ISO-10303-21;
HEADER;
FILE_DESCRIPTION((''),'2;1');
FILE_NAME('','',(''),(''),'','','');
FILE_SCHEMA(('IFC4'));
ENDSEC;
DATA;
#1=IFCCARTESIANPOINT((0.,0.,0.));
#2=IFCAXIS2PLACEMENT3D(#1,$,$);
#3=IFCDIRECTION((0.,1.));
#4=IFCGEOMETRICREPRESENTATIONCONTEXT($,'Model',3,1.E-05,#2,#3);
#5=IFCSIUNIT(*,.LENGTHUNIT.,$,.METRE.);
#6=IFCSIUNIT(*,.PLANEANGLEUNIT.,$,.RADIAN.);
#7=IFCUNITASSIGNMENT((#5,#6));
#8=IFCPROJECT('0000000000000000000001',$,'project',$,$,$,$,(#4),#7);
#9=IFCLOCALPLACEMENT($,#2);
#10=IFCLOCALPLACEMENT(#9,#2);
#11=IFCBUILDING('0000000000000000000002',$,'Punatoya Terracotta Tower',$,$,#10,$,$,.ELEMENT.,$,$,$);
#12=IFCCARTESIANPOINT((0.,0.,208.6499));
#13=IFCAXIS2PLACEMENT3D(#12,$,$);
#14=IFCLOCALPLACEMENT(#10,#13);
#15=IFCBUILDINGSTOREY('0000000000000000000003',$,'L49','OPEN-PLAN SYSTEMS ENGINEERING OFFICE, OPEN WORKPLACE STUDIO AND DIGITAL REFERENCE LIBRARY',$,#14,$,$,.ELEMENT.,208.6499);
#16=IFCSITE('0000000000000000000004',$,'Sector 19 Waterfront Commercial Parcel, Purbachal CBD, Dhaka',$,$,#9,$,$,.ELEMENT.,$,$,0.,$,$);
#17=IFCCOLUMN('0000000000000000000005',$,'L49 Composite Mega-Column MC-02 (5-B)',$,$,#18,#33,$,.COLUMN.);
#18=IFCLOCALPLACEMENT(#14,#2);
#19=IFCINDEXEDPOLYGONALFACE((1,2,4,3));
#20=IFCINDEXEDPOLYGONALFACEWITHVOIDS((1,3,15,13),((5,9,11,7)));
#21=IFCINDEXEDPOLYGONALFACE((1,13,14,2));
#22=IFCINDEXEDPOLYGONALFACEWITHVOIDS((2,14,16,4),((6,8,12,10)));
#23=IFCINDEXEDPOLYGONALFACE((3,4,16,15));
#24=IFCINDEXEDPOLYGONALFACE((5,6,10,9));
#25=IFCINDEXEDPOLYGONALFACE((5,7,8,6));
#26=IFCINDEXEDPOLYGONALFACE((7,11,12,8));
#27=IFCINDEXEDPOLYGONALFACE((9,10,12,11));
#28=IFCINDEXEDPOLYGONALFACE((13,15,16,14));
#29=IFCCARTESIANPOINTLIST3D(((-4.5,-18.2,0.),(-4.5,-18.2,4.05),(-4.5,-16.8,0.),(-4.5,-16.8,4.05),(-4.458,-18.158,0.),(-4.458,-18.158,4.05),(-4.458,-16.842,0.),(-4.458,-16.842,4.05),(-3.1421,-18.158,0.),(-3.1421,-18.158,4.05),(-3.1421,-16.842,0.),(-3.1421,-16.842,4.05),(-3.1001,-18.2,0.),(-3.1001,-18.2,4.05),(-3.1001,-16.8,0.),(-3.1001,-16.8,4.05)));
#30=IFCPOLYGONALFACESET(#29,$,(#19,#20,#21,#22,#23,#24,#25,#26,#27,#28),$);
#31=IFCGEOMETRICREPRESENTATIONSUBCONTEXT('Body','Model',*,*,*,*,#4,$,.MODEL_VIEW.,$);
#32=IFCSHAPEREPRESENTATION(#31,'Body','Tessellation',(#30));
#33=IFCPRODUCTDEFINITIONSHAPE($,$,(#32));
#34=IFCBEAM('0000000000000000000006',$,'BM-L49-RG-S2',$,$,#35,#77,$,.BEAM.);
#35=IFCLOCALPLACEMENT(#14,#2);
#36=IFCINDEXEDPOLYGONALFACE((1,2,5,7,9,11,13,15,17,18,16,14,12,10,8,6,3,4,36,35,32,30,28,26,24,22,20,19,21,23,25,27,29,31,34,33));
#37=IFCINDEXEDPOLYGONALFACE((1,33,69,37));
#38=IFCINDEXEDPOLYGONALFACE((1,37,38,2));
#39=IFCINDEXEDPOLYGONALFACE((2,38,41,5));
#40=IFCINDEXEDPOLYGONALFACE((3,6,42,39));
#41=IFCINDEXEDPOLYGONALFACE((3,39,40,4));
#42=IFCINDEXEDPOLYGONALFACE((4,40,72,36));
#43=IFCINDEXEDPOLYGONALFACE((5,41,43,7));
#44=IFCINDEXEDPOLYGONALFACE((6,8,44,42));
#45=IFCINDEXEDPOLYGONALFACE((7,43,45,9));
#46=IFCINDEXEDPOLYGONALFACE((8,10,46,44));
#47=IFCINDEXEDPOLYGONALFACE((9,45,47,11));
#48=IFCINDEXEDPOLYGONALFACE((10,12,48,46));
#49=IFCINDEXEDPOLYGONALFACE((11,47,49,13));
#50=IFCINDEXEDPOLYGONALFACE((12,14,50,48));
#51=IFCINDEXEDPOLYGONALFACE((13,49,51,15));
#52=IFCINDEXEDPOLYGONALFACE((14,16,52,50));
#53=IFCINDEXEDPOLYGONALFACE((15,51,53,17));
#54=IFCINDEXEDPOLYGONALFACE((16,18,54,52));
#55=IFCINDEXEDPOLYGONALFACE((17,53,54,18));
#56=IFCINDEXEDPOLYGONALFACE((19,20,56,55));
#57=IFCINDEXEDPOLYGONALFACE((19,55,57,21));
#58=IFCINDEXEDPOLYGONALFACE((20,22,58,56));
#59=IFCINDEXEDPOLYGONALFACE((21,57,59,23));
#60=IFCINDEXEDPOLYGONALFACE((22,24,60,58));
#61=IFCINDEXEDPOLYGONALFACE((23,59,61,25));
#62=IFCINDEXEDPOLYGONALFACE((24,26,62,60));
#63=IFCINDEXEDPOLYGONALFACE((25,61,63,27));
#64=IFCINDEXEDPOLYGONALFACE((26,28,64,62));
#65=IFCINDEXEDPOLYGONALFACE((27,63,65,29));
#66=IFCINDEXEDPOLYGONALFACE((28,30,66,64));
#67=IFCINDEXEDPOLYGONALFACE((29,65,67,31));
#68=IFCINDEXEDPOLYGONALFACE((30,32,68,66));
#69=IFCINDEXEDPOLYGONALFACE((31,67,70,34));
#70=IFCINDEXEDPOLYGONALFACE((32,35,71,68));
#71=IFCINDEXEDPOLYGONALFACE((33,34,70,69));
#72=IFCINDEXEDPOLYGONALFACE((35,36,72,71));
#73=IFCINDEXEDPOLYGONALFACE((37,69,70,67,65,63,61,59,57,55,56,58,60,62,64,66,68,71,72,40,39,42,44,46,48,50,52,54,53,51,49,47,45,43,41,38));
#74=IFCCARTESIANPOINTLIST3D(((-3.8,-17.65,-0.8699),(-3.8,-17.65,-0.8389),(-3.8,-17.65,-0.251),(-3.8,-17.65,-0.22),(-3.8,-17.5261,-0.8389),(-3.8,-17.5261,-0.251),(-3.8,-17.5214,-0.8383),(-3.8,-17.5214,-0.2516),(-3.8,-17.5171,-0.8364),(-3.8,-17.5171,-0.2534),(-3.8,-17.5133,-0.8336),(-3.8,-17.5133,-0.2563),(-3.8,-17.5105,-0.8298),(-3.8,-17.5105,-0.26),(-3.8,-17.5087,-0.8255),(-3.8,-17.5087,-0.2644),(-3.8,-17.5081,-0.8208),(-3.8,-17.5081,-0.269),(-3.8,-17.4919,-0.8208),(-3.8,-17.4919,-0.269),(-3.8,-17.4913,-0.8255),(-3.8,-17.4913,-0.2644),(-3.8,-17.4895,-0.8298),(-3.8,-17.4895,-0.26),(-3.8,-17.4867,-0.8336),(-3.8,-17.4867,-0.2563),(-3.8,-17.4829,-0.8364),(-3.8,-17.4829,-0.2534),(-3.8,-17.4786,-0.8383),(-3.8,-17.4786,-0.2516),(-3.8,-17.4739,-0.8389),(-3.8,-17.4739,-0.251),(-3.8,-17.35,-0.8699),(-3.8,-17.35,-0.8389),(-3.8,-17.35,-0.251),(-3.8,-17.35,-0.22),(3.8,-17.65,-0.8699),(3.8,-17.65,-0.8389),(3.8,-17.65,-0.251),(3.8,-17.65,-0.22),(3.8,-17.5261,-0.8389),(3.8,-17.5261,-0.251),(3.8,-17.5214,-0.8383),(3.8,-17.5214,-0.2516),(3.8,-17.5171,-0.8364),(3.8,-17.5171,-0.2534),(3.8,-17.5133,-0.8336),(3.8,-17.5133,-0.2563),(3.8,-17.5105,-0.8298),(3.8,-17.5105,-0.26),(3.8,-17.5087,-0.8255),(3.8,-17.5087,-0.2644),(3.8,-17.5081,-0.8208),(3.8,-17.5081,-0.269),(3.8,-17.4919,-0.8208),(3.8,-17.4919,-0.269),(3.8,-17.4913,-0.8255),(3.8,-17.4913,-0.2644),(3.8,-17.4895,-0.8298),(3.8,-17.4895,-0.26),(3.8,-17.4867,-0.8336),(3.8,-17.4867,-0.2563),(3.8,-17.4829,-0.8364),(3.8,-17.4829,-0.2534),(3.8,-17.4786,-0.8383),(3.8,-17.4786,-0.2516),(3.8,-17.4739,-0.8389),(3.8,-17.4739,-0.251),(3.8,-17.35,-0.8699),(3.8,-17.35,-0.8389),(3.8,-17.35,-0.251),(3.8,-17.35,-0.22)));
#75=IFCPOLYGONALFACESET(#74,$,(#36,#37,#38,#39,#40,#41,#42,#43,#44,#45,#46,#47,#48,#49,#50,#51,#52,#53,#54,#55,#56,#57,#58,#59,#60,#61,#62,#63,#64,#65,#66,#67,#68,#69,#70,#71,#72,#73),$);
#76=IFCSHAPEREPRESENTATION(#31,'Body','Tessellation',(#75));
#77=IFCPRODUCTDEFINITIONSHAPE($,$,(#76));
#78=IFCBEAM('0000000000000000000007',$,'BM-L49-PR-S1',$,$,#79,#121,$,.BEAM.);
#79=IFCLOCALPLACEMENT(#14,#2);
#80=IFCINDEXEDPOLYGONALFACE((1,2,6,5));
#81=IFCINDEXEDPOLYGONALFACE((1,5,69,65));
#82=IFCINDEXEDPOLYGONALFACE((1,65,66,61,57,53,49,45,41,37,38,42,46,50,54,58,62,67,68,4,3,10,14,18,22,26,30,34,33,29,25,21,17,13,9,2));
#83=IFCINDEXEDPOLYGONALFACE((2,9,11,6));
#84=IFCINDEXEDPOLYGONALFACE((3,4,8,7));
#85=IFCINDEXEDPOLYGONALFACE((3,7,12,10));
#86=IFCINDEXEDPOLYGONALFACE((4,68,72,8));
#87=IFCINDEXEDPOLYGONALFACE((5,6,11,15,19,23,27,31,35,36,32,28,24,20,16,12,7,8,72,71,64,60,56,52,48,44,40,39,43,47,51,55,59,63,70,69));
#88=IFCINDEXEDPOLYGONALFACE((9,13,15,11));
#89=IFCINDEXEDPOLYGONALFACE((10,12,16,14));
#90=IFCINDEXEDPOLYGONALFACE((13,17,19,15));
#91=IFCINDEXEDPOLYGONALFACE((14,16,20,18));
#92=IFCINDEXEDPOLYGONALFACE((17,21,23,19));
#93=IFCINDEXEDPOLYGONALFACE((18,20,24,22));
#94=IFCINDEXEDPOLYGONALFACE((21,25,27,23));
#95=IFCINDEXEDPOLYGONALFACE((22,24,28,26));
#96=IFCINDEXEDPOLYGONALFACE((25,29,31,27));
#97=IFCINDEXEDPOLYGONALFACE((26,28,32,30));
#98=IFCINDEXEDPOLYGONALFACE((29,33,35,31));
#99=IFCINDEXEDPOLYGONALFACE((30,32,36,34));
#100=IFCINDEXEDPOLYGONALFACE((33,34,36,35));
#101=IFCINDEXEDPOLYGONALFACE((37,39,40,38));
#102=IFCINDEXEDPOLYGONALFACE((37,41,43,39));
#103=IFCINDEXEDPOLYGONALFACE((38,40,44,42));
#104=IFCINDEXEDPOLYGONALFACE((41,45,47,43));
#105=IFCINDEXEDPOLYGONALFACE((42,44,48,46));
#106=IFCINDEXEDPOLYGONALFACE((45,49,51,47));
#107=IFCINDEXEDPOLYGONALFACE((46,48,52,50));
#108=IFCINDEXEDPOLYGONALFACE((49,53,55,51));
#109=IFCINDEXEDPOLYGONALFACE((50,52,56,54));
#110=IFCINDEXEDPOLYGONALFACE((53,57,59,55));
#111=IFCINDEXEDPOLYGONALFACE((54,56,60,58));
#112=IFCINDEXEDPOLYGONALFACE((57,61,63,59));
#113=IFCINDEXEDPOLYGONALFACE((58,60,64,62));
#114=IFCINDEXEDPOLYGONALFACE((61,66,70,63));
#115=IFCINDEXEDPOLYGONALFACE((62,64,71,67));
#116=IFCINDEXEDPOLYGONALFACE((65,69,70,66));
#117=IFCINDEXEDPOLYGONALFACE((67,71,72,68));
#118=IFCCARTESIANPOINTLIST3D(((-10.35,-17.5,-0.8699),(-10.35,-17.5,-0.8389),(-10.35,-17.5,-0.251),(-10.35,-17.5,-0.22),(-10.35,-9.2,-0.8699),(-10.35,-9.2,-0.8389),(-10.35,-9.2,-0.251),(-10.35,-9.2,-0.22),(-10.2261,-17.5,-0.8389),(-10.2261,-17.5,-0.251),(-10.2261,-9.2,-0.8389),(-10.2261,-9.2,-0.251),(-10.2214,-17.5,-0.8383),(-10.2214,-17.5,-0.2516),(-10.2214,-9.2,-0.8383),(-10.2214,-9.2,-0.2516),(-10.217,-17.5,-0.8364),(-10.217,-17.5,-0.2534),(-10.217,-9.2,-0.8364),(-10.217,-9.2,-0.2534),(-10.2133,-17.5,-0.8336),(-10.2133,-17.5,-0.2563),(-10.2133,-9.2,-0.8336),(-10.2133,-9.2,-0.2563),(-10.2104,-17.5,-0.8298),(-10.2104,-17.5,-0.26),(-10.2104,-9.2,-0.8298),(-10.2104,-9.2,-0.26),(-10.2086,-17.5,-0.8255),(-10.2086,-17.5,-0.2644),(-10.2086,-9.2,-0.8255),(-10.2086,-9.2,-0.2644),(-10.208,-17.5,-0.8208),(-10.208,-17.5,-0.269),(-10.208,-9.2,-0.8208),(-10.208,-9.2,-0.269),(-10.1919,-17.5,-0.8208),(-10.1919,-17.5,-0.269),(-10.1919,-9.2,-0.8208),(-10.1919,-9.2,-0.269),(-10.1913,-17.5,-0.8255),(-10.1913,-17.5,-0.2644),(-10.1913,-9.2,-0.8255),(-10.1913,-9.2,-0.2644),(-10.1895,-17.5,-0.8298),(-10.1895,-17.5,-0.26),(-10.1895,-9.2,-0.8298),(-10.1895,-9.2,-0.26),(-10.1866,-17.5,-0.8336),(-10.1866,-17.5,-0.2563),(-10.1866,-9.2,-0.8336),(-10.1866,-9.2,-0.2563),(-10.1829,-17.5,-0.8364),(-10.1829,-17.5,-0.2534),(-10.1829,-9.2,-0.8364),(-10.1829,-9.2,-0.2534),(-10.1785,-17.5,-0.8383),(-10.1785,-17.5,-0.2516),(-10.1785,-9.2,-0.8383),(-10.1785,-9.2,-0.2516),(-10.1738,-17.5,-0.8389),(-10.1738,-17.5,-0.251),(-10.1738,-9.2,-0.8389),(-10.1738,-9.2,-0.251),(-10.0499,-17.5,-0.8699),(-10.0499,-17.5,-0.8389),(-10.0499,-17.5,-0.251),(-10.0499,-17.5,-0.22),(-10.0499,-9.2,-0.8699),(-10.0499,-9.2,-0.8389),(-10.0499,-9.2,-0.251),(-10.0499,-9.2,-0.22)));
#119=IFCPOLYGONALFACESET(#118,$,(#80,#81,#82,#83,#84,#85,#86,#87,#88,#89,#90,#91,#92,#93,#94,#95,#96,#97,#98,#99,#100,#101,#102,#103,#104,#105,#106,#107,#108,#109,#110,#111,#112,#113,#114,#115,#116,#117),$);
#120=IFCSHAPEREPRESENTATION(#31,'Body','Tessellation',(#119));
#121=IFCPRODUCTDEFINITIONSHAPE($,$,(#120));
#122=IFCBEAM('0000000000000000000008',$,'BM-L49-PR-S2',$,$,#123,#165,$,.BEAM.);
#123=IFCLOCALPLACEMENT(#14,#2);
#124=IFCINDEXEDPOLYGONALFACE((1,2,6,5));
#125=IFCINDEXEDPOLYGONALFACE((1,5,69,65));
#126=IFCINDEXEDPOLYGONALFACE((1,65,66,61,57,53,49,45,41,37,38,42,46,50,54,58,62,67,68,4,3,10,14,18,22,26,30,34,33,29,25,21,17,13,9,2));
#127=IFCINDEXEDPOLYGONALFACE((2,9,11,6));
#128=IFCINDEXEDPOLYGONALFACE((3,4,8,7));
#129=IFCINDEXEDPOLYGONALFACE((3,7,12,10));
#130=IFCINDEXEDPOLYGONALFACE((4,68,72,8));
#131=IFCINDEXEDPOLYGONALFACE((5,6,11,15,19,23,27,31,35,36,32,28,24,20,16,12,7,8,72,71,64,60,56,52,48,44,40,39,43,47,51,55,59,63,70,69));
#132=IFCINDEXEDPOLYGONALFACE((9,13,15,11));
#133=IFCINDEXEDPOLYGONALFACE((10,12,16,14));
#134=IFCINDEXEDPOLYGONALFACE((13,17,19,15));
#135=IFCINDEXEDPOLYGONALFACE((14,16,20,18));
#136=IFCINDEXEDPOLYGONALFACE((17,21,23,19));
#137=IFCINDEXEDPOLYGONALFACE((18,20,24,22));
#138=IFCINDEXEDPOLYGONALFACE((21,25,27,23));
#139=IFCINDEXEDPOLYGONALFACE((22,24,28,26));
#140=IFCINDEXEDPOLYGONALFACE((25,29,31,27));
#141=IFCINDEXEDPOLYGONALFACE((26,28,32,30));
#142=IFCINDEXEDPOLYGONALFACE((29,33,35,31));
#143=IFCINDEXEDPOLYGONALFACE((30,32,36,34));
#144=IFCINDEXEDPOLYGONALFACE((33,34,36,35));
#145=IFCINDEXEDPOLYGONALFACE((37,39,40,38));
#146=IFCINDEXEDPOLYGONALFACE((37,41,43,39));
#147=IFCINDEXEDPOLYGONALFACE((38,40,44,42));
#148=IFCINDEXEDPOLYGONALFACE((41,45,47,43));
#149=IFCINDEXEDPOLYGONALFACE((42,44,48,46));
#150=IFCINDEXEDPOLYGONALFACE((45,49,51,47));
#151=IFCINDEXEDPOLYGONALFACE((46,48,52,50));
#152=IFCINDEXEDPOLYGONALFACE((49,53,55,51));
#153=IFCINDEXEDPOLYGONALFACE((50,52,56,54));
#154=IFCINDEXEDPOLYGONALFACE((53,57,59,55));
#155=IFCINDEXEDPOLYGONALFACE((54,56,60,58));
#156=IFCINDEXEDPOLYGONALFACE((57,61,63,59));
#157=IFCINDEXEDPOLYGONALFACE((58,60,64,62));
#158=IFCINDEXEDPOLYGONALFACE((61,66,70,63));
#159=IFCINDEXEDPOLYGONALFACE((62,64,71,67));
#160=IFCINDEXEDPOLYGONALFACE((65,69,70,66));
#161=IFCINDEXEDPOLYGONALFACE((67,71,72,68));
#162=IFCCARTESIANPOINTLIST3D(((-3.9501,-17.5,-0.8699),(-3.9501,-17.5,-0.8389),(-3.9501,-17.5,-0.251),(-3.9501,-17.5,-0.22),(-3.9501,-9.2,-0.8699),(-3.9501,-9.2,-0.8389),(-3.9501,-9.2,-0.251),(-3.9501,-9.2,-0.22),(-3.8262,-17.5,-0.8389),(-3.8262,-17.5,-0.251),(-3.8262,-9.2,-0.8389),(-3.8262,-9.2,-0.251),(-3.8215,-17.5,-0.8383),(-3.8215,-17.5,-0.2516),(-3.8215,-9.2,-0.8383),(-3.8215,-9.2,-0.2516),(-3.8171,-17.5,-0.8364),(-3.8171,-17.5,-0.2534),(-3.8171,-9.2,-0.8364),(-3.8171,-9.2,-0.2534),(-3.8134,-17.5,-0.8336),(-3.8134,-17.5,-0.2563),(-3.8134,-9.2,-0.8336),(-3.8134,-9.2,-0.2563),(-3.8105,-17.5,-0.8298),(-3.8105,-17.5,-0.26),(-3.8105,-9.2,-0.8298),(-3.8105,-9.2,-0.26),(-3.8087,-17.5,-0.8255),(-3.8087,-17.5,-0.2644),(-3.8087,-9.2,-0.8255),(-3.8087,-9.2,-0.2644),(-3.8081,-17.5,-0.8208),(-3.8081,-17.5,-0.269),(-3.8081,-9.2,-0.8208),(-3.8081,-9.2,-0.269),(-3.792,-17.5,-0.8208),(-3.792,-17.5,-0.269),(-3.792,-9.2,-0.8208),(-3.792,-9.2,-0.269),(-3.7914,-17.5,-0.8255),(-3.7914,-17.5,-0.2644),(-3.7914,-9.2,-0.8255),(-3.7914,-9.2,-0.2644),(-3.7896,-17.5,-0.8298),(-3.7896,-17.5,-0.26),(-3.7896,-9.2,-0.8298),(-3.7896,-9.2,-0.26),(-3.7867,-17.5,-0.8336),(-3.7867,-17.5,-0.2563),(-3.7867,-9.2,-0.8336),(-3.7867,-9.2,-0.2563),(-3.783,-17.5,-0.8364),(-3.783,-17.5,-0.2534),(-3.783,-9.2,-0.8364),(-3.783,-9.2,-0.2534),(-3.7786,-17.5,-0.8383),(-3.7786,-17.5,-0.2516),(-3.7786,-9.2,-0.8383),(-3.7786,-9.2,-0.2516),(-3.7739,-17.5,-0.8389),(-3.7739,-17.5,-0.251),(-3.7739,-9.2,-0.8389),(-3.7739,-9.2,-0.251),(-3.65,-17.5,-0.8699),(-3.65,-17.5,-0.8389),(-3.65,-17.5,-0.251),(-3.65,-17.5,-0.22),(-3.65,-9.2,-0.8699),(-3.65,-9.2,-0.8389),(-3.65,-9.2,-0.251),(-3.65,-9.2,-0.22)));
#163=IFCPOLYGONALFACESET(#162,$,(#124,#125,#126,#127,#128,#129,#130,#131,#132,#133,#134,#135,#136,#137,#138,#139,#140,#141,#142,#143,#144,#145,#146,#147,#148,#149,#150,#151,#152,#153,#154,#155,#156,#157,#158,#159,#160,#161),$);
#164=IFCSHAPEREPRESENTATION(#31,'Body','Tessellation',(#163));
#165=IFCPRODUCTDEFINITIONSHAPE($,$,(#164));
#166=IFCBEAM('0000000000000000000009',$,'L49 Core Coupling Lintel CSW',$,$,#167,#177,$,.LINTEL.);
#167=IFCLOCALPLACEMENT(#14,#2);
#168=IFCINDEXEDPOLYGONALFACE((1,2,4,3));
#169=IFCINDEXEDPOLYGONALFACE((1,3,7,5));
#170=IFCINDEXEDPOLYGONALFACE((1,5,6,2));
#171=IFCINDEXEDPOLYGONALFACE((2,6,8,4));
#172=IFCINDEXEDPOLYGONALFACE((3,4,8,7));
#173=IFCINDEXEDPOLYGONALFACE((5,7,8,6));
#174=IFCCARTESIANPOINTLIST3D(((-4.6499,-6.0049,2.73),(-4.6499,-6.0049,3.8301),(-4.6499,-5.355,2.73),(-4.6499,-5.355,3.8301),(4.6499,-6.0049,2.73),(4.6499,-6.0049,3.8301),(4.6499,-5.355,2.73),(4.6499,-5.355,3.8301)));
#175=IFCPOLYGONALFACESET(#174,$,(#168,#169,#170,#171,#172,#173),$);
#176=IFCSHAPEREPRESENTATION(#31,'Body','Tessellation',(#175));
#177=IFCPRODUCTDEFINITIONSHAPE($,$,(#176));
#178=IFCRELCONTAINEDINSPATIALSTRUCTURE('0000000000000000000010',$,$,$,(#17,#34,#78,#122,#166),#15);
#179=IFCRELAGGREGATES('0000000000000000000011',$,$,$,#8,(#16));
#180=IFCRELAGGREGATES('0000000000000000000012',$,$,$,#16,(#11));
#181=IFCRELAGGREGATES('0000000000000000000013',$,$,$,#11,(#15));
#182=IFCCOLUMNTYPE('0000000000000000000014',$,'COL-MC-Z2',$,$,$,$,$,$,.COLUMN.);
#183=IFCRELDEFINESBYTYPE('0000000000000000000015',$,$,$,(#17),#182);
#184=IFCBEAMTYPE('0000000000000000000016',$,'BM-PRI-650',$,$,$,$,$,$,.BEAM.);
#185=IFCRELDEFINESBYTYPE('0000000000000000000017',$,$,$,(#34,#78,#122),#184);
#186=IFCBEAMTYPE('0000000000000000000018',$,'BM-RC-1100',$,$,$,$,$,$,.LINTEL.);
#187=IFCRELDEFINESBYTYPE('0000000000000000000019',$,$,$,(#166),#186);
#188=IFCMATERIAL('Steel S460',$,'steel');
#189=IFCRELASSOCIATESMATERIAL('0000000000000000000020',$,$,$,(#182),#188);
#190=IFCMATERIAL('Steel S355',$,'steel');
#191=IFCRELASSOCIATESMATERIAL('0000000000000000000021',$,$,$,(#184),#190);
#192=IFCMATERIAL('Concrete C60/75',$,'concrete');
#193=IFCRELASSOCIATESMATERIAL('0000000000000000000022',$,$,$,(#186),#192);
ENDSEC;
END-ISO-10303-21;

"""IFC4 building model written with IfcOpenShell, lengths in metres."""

from ifc_helpers import new_model, si_unit, direction, frame, origin, origin_2d, place, context, subcontext, project, spatial, rectangle, hollow_rectangle, i_section, extrude, material, material_profile, profile_set, type_object, element, save


model = new_model("IFC4")

# Units and contexts
model_context = context("Model", 3, precision=1e-05, world=origin(), true_north=direction((0.0, 1.0)))
body_context = subcontext(model_context, "Body", "Model", "MODEL_VIEW")
ifc_project = project(units=[si_unit("LENGTHUNIT", "METRE"), si_unit("PLANEANGLEUNIT", "RADIAN")], contexts=[model_context])

# Site, building, storey
site_placement = place(None, origin())
site = spatial("IfcSite", under=ifc_project, at=site_placement, Name="Sector 19 Waterfront Commercial Parcel, Purbachal CBD, Dhaka", CompositionType="ELEMENT", RefElevation=0.0)
building_placement = place(site_placement, origin())
building = spatial("IfcBuilding", under=site, at=building_placement, Name="Punatoya Terracotta Tower", CompositionType="ELEMENT")
storey_placement = place(building_placement, frame((0.0, 0.0, 208.6499)))
storey = spatial("IfcBuildingStorey", under=building, at=storey_placement, Name="L49", Description="OPEN-PLAN SYSTEMS ENGINEERING OFFICE, OPEN WORKPLACE STUDIO AND DIGITAL REFERENCE LIBRARY", CompositionType="ELEMENT", Elevation=208.6499)

# Column
ifc_material_1 = material(Name="Steel S460", Category="steel")
ifc_material_profile_1 = material_profile(ifc_material_1, hollow_rectangle(XDim=1.3999, YDim=1.3999, WallThickness=0.042, at=origin_2d()))
ifc_profile_set_1 = profile_set([ifc_material_profile_1], Name="Steel S460")
column_type = type_object("IfcColumnType", Name="COL-MC-Z2", PredefinedType="COLUMN", material=ifc_profile_set_1)
column_placement = place(storey_placement, frame((-3.8, -17.5, 0.0), z_axis=(0.0, 0.0, 1.0), x_axis=(1.0, 0.0, 0.0)))
element("IfcColumn", 1, at=column_placement, inside=storey, type_object=column_type, Name="L49 Composite Mega-Column MC-02 (5-B)", PredefinedType="COLUMN", context=body_context, shape_type="SweptSolid", body=[
    extrude(hollow_rectangle(XDim=1.3999, YDim=1.3999, WallThickness=0.042, at=origin_2d()), origin(), (0.0, 0.0, 1.0), 4.05),
])

# Beams
ifc_material_2 = material(Name="Steel S355", Category="steel")
ifc_material_profile_2 = material_profile(ifc_material_2, i_section(OverallWidth=0.3, OverallDepth=0.6499, WebThickness=0.0161, FlangeThickness=0.031, FilletRadius=0.0181, at=origin_2d()))
ifc_profile_set_2 = profile_set([ifc_material_profile_2], Name="Steel S355")
beam_type_1 = type_object("IfcBeamType", Name="BM-PRI-650", PredefinedType="BEAM", material=ifc_profile_set_2)
beam_1_placement = place(storey_placement, frame((-3.8, -17.5, -0.5449), z_axis=(1.0, 0.0, 0.0), x_axis=(0.0, 1.0, 0.0)))
element("IfcBeam", 2, at=beam_1_placement, inside=storey, type_object=beam_type_1, Name="BM-L49-RG-S2", PredefinedType="BEAM", context=body_context, shape_type="SweptSolid", body=[
    extrude(i_section(OverallWidth=0.3, OverallDepth=0.6499, WebThickness=0.0161, FlangeThickness=0.031, FilletRadius=0.0181, at=origin_2d()), origin(), (0.0, 0.0, 1.0), 7.6001),
])
for number, where, z_axis, x_axis, name in (
    (3, (-10.2, -17.5, -0.5449), (0.0, 1.0, 0.0), (-1.0, 0.0, 0.0), "BM-L49-PR-S1"),
    (4, (-3.8, -17.5, -0.5449), (0.0, 1.0, 0.0), (-1.0, 0.0, 0.0), "BM-L49-PR-S2"),
):
    element("IfcBeam", number, at=place(storey_placement, frame(where, z_axis=z_axis, x_axis=x_axis)), inside=storey, type_object=beam_type_1, Name=name, PredefinedType="BEAM", context=body_context, shape_type="SweptSolid", body=[
        extrude(i_section(OverallWidth=0.3, OverallDepth=0.6499, WebThickness=0.0161, FlangeThickness=0.031, FilletRadius=0.0181, at=origin_2d()), origin(), (0.0, 0.0, 1.0), 8.3),
    ])
ifc_material_3 = material(Name="Concrete C60/75", Category="concrete")
ifc_material_profile_3 = material_profile(ifc_material_3, rectangle(XDim=0.6499, YDim=1.1001, at=origin_2d()))
ifc_profile_set_3 = profile_set([ifc_material_profile_3], Name="Concrete C60/75")
beam_type_2 = type_object("IfcBeamType", Name="BM-RC-1100", PredefinedType="LINTEL", material=ifc_profile_set_3)
beam_2_placement = place(storey_placement, frame((-4.6499, -5.6799, 3.28), z_axis=(1.0, 0.0, 0.0), x_axis=(0.0, 1.0, 0.0)))
element("IfcBeam", 5, at=beam_2_placement, inside=storey, type_object=beam_type_2, Name="L49 Core Coupling Lintel CSW", PredefinedType="LINTEL", context=body_context, shape_type="SweptSolid", body=[
    extrude(rectangle(XDim=0.6499, YDim=1.1001, at=origin_2d()), origin(), (0.0, 0.0, 1.0), 9.2998),
])

save(model, "model.ifc")
